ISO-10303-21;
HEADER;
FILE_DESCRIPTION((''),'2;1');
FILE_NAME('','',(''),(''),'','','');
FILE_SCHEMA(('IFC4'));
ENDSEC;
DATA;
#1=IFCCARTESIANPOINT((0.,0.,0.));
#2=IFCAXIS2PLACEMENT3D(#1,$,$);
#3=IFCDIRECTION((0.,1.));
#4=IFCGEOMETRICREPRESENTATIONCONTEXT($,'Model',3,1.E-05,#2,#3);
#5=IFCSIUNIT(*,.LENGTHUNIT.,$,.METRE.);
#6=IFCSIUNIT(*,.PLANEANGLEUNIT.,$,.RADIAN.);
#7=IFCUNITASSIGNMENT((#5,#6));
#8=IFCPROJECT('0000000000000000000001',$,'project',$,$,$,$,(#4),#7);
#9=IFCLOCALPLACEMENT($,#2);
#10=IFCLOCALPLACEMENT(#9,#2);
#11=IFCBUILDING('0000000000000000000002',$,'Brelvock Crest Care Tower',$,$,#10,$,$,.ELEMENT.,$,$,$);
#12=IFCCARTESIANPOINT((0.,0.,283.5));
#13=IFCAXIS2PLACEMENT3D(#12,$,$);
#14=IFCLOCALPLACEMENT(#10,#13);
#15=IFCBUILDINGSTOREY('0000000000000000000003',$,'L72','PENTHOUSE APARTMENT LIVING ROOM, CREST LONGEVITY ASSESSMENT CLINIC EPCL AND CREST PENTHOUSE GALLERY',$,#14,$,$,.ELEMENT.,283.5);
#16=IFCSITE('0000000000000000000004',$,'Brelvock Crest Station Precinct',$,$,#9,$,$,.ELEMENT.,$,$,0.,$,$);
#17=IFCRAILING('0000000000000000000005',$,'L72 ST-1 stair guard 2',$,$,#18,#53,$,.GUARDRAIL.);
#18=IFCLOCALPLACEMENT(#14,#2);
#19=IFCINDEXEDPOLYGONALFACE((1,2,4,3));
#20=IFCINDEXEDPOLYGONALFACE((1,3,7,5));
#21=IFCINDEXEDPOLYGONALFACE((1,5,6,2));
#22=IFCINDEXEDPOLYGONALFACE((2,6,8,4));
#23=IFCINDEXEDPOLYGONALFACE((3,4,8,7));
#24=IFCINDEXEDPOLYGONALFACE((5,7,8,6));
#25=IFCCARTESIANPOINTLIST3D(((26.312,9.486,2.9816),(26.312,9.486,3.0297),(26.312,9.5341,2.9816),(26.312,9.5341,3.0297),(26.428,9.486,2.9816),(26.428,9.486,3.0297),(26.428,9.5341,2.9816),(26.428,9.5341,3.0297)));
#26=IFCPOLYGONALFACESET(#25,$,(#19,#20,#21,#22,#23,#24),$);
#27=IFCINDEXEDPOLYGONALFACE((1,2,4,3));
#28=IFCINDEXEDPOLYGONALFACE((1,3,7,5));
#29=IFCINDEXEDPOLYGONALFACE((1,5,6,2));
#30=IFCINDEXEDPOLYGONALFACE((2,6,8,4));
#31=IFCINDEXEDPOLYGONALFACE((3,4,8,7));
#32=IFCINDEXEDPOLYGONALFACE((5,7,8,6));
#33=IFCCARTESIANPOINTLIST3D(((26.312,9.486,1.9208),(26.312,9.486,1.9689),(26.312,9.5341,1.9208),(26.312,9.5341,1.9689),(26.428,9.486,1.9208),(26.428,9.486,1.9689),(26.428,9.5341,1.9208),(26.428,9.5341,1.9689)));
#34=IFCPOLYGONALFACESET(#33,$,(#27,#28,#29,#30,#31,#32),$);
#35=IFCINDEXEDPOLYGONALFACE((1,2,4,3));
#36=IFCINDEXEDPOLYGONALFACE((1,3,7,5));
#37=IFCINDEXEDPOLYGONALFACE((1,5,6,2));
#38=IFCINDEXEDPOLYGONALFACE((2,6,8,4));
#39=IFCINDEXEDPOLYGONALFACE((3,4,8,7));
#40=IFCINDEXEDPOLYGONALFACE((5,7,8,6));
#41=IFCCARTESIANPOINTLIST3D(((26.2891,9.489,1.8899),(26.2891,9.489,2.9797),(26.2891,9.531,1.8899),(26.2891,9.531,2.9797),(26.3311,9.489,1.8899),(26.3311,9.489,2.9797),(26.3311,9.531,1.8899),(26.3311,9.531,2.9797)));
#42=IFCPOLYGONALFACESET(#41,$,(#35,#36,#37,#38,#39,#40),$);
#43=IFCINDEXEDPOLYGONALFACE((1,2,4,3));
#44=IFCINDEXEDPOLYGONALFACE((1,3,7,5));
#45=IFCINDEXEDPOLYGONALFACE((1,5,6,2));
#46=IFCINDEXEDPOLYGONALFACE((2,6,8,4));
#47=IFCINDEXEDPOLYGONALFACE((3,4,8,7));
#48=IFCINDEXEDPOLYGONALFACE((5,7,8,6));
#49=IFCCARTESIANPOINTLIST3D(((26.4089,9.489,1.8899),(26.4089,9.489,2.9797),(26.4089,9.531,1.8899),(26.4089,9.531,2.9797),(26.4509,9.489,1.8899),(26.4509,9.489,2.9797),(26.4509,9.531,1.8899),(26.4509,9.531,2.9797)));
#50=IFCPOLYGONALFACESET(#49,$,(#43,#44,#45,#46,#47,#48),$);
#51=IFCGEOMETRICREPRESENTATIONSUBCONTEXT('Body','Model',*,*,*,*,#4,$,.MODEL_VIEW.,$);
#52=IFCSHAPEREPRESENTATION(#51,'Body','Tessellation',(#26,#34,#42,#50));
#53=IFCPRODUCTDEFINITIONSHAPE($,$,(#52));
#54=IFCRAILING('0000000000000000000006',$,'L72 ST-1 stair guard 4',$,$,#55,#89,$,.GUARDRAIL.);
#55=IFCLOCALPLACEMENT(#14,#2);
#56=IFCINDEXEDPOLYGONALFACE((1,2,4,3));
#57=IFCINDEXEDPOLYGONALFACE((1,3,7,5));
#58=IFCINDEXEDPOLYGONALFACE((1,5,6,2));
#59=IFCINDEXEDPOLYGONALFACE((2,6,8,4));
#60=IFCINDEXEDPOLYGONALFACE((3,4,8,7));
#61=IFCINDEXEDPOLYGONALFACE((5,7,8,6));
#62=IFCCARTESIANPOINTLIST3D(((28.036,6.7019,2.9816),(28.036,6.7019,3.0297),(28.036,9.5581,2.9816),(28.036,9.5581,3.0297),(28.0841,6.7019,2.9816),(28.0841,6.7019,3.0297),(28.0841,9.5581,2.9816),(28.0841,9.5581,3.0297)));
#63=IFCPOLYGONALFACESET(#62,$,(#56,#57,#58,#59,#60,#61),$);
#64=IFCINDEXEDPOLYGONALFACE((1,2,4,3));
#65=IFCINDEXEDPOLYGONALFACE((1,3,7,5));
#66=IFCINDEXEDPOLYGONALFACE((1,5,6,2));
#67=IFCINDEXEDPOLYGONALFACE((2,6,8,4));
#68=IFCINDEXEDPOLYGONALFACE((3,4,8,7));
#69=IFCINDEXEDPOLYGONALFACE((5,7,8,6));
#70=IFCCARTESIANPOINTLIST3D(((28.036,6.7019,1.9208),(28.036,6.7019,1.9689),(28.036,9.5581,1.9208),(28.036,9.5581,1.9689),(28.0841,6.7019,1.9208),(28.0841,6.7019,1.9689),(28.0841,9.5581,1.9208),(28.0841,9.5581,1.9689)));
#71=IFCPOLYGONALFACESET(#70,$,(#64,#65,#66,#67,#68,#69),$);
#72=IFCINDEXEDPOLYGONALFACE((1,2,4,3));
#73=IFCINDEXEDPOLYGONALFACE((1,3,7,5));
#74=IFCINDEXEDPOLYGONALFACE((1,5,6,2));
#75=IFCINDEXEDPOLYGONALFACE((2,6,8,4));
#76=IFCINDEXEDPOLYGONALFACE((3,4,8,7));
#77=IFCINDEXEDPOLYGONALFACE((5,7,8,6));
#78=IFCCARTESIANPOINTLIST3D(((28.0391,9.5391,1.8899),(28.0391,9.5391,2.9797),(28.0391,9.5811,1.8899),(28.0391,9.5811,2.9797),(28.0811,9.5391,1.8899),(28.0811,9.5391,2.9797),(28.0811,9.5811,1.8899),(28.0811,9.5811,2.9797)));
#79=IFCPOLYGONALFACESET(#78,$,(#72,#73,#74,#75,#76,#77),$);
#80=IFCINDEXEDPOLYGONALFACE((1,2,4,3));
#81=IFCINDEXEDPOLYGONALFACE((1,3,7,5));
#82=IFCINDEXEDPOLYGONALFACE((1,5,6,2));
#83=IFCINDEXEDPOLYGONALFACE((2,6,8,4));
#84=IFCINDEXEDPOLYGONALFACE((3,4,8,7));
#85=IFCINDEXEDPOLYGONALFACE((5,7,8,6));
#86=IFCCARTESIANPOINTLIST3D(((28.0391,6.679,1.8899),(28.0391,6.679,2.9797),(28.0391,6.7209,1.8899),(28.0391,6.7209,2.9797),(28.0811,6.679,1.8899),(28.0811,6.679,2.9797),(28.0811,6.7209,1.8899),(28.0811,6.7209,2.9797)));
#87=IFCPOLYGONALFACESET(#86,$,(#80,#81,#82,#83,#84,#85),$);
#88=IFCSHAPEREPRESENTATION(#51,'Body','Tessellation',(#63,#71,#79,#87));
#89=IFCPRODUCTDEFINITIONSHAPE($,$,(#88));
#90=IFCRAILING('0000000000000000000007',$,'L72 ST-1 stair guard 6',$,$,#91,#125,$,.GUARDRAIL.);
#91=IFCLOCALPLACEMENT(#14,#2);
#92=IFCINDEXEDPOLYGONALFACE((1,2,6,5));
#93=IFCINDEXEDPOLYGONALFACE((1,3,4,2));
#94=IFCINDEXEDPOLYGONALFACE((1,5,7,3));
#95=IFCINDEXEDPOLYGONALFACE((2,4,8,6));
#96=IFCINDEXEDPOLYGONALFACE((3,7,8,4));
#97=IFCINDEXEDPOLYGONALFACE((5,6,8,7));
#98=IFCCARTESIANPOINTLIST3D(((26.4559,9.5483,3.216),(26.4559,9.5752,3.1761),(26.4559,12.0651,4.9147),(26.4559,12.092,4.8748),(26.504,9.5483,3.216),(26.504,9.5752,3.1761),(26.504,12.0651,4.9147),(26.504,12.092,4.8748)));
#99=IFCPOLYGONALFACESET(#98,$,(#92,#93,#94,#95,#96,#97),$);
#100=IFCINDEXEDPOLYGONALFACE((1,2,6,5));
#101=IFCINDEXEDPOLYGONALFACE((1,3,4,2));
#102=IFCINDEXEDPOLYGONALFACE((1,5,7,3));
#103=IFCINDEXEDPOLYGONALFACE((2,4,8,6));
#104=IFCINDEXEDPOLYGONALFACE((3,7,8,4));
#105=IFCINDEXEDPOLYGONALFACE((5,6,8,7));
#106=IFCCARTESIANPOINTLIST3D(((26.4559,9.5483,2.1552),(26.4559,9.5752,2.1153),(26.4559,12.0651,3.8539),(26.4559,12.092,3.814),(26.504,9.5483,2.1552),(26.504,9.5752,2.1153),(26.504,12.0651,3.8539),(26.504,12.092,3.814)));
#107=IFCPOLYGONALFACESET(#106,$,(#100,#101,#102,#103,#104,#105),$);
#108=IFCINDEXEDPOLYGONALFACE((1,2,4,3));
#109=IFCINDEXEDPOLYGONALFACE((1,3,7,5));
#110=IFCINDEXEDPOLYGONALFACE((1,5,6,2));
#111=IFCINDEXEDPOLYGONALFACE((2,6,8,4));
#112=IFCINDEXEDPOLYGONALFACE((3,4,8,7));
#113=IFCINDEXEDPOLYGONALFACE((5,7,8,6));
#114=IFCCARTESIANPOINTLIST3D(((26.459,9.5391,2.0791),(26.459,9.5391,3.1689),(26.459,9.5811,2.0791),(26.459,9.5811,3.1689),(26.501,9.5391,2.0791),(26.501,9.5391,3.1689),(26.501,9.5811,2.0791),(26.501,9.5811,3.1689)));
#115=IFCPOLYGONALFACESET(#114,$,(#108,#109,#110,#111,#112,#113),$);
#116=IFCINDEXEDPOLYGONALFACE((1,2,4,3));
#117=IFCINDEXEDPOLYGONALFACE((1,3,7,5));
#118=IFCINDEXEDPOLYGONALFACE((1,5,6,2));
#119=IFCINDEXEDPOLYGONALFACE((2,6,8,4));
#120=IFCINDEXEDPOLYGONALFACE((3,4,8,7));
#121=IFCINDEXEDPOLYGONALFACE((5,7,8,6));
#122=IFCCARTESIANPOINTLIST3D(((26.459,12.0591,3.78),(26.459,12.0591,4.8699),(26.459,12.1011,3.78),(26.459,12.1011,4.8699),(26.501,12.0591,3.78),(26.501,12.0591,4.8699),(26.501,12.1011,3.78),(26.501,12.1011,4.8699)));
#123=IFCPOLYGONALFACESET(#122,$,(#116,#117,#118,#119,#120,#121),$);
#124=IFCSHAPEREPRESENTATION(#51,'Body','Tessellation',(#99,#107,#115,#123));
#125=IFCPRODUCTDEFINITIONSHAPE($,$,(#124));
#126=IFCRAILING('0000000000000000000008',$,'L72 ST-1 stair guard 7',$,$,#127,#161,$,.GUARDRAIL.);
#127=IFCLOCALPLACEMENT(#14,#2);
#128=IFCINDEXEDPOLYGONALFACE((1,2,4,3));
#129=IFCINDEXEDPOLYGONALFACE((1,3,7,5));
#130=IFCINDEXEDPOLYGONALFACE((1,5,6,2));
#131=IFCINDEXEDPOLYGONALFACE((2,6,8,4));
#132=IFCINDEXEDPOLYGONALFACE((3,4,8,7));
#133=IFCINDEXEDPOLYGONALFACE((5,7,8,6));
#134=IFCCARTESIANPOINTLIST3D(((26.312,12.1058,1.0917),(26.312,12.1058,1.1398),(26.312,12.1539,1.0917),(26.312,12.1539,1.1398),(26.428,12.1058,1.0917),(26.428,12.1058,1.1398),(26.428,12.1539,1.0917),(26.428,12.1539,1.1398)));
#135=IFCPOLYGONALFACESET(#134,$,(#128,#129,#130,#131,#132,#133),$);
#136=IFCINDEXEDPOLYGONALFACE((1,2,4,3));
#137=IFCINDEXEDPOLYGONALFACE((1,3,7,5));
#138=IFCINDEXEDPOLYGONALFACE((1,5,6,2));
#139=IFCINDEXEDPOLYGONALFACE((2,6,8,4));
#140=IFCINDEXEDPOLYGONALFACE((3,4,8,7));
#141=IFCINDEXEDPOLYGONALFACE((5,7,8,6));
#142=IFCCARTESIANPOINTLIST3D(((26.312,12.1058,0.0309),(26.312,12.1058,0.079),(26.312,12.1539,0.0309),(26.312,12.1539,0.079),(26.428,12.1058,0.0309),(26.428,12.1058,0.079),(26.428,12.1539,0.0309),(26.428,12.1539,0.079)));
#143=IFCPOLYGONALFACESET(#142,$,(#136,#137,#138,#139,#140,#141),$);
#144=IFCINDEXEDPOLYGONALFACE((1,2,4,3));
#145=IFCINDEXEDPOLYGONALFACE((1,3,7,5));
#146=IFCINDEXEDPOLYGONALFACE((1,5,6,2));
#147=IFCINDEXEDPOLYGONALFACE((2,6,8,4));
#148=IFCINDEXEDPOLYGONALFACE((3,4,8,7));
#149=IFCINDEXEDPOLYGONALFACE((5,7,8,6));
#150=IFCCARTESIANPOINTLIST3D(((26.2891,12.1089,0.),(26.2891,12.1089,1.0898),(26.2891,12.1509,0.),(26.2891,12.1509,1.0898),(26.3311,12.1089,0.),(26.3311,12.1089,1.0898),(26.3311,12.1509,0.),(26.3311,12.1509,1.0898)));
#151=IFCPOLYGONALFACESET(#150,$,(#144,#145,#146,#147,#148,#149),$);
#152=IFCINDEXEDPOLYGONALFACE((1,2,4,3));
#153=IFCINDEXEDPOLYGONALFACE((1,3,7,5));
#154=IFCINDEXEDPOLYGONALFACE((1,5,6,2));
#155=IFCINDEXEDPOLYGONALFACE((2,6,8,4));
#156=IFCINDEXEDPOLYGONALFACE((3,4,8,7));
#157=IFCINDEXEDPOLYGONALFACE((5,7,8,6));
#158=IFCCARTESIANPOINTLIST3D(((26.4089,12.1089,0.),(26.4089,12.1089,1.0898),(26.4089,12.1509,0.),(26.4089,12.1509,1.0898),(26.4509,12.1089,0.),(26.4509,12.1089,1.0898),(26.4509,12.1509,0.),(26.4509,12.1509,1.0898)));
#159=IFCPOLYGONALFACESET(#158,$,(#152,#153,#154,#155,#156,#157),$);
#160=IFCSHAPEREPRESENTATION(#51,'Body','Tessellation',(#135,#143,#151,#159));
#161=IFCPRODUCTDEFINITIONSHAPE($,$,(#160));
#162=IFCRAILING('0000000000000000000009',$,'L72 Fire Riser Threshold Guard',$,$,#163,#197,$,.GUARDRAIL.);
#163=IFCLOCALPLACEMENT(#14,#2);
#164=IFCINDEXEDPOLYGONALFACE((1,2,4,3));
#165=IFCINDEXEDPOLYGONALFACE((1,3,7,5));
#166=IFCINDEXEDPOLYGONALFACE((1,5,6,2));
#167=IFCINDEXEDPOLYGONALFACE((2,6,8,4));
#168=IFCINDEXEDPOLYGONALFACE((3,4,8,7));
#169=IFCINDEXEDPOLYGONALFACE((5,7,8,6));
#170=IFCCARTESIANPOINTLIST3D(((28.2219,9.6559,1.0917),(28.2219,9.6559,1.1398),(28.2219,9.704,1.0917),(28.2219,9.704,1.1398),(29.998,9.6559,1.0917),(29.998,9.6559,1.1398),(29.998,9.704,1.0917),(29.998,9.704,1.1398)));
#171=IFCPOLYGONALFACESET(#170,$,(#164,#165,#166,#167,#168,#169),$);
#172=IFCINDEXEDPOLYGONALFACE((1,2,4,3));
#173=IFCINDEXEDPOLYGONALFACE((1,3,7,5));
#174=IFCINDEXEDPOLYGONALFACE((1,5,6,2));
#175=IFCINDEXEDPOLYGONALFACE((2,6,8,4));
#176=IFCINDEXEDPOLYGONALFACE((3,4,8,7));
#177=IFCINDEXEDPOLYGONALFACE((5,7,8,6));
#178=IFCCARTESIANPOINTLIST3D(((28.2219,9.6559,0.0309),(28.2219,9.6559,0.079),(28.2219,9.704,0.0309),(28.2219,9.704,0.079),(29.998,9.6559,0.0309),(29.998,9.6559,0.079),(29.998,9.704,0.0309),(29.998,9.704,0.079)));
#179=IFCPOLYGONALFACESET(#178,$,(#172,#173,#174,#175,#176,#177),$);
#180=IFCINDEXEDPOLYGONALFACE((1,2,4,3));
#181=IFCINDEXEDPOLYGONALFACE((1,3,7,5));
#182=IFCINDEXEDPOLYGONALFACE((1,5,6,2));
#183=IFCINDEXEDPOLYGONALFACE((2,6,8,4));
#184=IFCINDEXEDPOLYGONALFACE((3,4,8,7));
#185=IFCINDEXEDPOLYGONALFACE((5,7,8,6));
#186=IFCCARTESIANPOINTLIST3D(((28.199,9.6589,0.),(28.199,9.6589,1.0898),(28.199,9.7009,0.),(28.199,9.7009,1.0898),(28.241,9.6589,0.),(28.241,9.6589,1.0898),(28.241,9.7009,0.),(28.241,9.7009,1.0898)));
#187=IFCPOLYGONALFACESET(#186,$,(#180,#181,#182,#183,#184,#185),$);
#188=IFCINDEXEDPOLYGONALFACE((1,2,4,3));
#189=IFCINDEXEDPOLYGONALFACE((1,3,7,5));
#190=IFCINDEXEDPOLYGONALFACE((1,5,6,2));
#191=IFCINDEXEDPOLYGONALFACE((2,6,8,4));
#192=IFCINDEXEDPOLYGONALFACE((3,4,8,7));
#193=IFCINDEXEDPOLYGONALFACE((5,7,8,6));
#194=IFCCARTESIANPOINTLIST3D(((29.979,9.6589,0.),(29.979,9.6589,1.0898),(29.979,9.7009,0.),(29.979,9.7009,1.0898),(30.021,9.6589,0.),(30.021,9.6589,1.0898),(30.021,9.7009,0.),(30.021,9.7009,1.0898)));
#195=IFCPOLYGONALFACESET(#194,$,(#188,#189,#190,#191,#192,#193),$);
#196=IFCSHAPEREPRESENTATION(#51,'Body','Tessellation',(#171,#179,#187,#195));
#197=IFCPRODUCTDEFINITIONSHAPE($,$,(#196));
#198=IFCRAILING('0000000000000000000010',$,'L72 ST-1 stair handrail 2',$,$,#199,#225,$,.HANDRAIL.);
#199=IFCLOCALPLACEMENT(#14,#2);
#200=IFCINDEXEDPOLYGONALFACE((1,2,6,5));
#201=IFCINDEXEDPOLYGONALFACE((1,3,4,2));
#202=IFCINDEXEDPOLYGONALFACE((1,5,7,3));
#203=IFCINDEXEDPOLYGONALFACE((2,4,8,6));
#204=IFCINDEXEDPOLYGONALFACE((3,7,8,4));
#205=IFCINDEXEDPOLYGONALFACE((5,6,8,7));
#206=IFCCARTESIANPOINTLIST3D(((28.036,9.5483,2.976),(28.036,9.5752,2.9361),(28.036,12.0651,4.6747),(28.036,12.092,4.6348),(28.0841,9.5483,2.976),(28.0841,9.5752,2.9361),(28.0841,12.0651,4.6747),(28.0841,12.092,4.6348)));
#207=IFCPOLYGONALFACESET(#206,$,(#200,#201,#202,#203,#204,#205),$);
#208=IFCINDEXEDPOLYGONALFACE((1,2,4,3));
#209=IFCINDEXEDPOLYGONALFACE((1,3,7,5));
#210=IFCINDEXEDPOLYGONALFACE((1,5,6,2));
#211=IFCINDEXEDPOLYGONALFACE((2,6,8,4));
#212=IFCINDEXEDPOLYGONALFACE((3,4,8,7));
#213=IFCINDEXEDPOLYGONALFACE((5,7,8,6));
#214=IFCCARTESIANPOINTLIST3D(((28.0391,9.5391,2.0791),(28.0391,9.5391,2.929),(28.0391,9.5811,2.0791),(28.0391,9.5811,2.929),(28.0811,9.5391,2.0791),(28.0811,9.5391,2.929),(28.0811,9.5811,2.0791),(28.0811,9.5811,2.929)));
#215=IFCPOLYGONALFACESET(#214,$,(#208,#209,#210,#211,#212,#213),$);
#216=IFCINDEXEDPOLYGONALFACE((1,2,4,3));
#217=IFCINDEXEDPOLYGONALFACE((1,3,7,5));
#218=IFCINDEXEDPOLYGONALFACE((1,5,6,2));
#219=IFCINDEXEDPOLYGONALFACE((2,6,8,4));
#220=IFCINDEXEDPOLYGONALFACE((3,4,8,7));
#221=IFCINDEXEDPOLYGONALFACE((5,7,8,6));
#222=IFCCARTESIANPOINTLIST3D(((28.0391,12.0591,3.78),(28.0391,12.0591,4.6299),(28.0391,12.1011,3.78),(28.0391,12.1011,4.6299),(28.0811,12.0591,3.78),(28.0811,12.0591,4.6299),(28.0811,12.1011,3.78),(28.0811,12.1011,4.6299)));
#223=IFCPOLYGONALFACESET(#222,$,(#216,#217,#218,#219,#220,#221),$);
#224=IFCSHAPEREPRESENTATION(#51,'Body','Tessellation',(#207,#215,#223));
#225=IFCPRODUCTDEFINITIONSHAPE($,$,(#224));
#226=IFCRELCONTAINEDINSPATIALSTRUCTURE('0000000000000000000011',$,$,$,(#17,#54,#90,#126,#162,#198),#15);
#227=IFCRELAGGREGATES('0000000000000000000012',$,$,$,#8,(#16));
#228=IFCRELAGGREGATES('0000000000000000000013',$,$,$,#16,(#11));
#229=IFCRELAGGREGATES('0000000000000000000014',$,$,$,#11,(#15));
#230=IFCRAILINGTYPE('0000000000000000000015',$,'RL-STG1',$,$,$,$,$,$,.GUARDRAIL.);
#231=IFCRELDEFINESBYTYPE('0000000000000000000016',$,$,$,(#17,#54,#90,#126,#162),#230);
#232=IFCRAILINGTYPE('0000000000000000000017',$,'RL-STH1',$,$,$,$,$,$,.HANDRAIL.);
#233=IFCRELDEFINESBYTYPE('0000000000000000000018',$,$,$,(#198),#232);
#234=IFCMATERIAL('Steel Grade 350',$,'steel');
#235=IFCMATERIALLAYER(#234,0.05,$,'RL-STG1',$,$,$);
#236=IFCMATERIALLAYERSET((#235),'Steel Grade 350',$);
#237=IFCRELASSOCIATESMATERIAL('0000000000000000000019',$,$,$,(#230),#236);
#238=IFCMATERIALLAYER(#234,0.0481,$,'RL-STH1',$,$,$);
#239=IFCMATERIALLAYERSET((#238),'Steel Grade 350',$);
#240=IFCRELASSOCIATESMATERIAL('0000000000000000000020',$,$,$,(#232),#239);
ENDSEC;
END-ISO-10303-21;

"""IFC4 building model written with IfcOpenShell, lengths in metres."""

from ifc_helpers import new_model, si_unit, direction, frame, origin, origin_2d, place, context, subcontext, project, spatial, rectangle, extrude, material, layer, layer_set, type_object, element, save


model = new_model("IFC4")

# Units and contexts
model_context = context("Model", 3, precision=1e-05, world=origin(), true_north=direction((0.0, 1.0)))
body_context = subcontext(model_context, "Body", "Model", "MODEL_VIEW")
ifc_project = project(units=[si_unit("LENGTHUNIT", "METRE"), si_unit("PLANEANGLEUNIT", "RADIAN")], contexts=[model_context])

# Site, building, storey
site_placement = place(None, origin())
site = spatial("IfcSite", under=ifc_project, at=site_placement, Name="Brelvock Crest Station Precinct", CompositionType="ELEMENT", RefElevation=0.0)
building_placement = place(site_placement, origin())
building = spatial("IfcBuilding", under=site, at=building_placement, Name="Brelvock Crest Care Tower", CompositionType="ELEMENT")
storey_placement = place(building_placement, frame((0.0, 0.0, 283.5)))
storey = spatial("IfcBuildingStorey", under=building, at=storey_placement, Name="L72", Description="PENTHOUSE APARTMENT LIVING ROOM, CREST LONGEVITY ASSESSMENT CLINIC EPCL AND CREST PENTHOUSE GALLERY", CompositionType="ELEMENT", Elevation=283.5)

# Shared definitions
ifc_material_1 = material(Name="Steel Grade 350", Category="steel")

# Railings
ifc_layer_1 = layer(ifc_material_1, 0.05, Name="RL-STG1")
ifc_layer_set_1 = layer_set([ifc_layer_1], Name="Steel Grade 350")
railing_type_1 = type_object("IfcRailingType", Name="RL-STG1", PredefinedType="GUARDRAIL", material=ifc_layer_set_1)
railing_1_placement = place(storey_placement, frame((26.3101, 9.51, 1.8899)))
element("IfcRailing", 1, at=railing_1_placement, inside=storey, type_object=railing_type_1, Name="L72 ST-1 stair guard 2", PredefinedType="GUARDRAIL", context=body_context, shape_type="SweptSolid", body=[
    extrude(rectangle(XDim=0.0481, YDim=0.0481, at=origin_2d()), frame((0.002, 0.0, 1.1157), z_axis=(1.0, 0.0, 0.0), x_axis=(0.0, 1.0, 0.0)), (0.0, 0.0, 1.0), 0.116),
    extrude(rectangle(XDim=0.0481, YDim=0.0481, at=origin_2d()), frame((0.002, 0.0, 0.0549), z_axis=(1.0, 0.0, 0.0), x_axis=(0.0, 1.0, 0.0)), (0.0, 0.0, 1.0), 0.116),
    extrude(rectangle(XDim=0.042, YDim=0.042, at=origin_2d()), origin(), (0.0, 0.0, 1.0), 1.0898),
    extrude(rectangle(XDim=0.042, YDim=0.042, at=origin_2d()), frame((0.1199, 0.0, 0.0)), (0.0, 0.0, 1.0), 1.0898),
])
railing_2_placement = place(storey_placement, frame((28.0601, 9.5601, 1.8899)))
element("IfcRailing", 2, at=railing_2_placement, inside=storey, type_object=railing_type_1, Name="L72 ST-1 stair guard 4", PredefinedType="GUARDRAIL", context=body_context, shape_type="SweptSolid", body=[
    extrude(rectangle(XDim=0.0481, YDim=0.0481, at=origin_2d()), frame((0.0, -0.002, 1.1157), z_axis=(0.0, -1.0, 0.0), x_axis=(1.0, 0.0, 0.0)), (0.0, 0.0, 1.0), 2.8562),
    extrude(rectangle(XDim=0.0481, YDim=0.0481, at=origin_2d()), frame((0.0, -0.002, 0.0549), z_axis=(0.0, -1.0, 0.0), x_axis=(1.0, 0.0, 0.0)), (0.0, 0.0, 1.0), 2.8562),
    extrude(rectangle(XDim=0.042, YDim=0.042, at=origin_2d()), origin(), (0.0, 0.0, 1.0), 1.0898),
    extrude(rectangle(XDim=0.042, YDim=0.042, at=origin_2d()), frame((0.0, -2.8601, 0.0)), (0.0, 0.0, 1.0), 1.0898),
])
railing_3_placement = place(storey_placement, frame((26.48, 9.5601, 2.0791)))
element("IfcRailing", 3, at=railing_3_placement, inside=storey, type_object=railing_type_1, Name="L72 ST-1 stair guard 6", PredefinedType="GUARDRAIL", context=body_context, shape_type="SweptSolid", body=[
    extrude(rectangle(XDim=0.0481, YDim=0.0481, at=origin_2d()), frame((0.0, 0.0017, 1.1169), z_axis=(0.0, 0.828862, 0.559454), x_axis=(-1.0, 0.0, 0.0)), (0.0, 0.0, 1.0), 3.0364),
    extrude(rectangle(XDim=0.0481, YDim=0.0481, at=origin_2d()), frame((0.0, 0.0017, 0.0562), z_axis=(0.0, 0.828862, 0.559454), x_axis=(-1.0, 0.0, 0.0)), (0.0, 0.0, 1.0), 3.0364),
    extrude(rectangle(XDim=0.042, YDim=0.042, at=origin_2d()), origin(), (0.0, 0.0, 1.0), 1.0898),
    extrude(rectangle(XDim=0.042, YDim=0.042, at=origin_2d()), frame((0.0, 2.52, 1.7009)), (0.0, 0.0, 1.0), 1.0898),
])
railing_4_placement = place(storey_placement, frame((26.3101, 12.1299, 0.0)))
element("IfcRailing", 4, at=railing_4_placement, inside=storey, type_object=railing_type_1, Name="L72 ST-1 stair guard 7", PredefinedType="GUARDRAIL", context=body_context, shape_type="SweptSolid", body=[
    extrude(rectangle(XDim=0.0481, YDim=0.0481, at=origin_2d()), frame((0.002, 0.0, 1.1157), z_axis=(1.0, 0.0, 0.0), x_axis=(0.0, 1.0, 0.0)), (0.0, 0.0, 1.0), 0.116),
    extrude(rectangle(XDim=0.0481, YDim=0.0481, at=origin_2d()), frame((0.002, 0.0, 0.0549), z_axis=(1.0, 0.0, 0.0), x_axis=(0.0, 1.0, 0.0)), (0.0, 0.0, 1.0), 0.116),
    extrude(rectangle(XDim=0.042, YDim=0.042, at=origin_2d()), origin(), (0.0, 0.0, 1.0), 1.0898),
    extrude(rectangle(XDim=0.042, YDim=0.042, at=origin_2d()), frame((0.1199, 0.0, 0.0)), (0.0, 0.0, 1.0), 1.0898),
])
railing_5_placement = place(storey_placement, frame((28.22, 9.6799, 0.0)))
element("IfcRailing", 5, at=railing_5_placement, inside=storey, type_object=railing_type_1, Name="L72 Fire Riser Threshold Guard", PredefinedType="GUARDRAIL", context=body_context, shape_type="SweptSolid", body=[
    extrude(rectangle(XDim=0.0481, YDim=0.0481, at=origin_2d()), frame((0.002, 0.0, 1.1157), z_axis=(1.0, 0.0, 0.0), x_axis=(0.0, 1.0, 0.0)), (0.0, 0.0, 1.0), 1.7761),
    extrude(rectangle(XDim=0.0481, YDim=0.0481, at=origin_2d()), frame((0.002, 0.0, 0.0549), z_axis=(1.0, 0.0, 0.0), x_axis=(0.0, 1.0, 0.0)), (0.0, 0.0, 1.0), 1.7761),
    extrude(rectangle(XDim=0.042, YDim=0.042, at=origin_2d()), origin(), (0.0, 0.0, 1.0), 1.0898),
    extrude(rectangle(XDim=0.042, YDim=0.042, at=origin_2d()), frame((1.78, 0.0, 0.0)), (0.0, 0.0, 1.0), 1.0898),
])
ifc_layer_2 = layer(ifc_material_1, 0.0481, Name="RL-STH1")
ifc_layer_set_2 = layer_set([ifc_layer_2], Name="Steel Grade 350")
railing_type_2 = type_object("IfcRailingType", Name="RL-STH1", PredefinedType="HANDRAIL", material=ifc_layer_set_2)
railing_6_placement = place(storey_placement, frame((28.0601, 9.5601, 2.0791)))
element("IfcRailing", 6, at=railing_6_placement, inside=storey, type_object=railing_type_2, Name="L72 ST-1 stair handrail 2", PredefinedType="HANDRAIL", context=body_context, shape_type="SweptSolid", body=[
    extrude(rectangle(XDim=0.0481, YDim=0.0481, at=origin_2d()), frame((0.0, 0.0017, 0.877), z_axis=(0.0, 0.828862, 0.559454), x_axis=(-1.0, 0.0, 0.0)), (0.0, 0.0, 1.0), 3.0364),
    extrude(rectangle(XDim=0.042, YDim=0.042, at=origin_2d()), origin(), (0.0, 0.0, 1.0), 0.8499),
    extrude(rectangle(XDim=0.042, YDim=0.042, at=origin_2d()), frame((0.0, 2.52, 1.7009)), (0.0, 0.0, 1.0), 0.8499),
])

save(model, "model.ifc")
